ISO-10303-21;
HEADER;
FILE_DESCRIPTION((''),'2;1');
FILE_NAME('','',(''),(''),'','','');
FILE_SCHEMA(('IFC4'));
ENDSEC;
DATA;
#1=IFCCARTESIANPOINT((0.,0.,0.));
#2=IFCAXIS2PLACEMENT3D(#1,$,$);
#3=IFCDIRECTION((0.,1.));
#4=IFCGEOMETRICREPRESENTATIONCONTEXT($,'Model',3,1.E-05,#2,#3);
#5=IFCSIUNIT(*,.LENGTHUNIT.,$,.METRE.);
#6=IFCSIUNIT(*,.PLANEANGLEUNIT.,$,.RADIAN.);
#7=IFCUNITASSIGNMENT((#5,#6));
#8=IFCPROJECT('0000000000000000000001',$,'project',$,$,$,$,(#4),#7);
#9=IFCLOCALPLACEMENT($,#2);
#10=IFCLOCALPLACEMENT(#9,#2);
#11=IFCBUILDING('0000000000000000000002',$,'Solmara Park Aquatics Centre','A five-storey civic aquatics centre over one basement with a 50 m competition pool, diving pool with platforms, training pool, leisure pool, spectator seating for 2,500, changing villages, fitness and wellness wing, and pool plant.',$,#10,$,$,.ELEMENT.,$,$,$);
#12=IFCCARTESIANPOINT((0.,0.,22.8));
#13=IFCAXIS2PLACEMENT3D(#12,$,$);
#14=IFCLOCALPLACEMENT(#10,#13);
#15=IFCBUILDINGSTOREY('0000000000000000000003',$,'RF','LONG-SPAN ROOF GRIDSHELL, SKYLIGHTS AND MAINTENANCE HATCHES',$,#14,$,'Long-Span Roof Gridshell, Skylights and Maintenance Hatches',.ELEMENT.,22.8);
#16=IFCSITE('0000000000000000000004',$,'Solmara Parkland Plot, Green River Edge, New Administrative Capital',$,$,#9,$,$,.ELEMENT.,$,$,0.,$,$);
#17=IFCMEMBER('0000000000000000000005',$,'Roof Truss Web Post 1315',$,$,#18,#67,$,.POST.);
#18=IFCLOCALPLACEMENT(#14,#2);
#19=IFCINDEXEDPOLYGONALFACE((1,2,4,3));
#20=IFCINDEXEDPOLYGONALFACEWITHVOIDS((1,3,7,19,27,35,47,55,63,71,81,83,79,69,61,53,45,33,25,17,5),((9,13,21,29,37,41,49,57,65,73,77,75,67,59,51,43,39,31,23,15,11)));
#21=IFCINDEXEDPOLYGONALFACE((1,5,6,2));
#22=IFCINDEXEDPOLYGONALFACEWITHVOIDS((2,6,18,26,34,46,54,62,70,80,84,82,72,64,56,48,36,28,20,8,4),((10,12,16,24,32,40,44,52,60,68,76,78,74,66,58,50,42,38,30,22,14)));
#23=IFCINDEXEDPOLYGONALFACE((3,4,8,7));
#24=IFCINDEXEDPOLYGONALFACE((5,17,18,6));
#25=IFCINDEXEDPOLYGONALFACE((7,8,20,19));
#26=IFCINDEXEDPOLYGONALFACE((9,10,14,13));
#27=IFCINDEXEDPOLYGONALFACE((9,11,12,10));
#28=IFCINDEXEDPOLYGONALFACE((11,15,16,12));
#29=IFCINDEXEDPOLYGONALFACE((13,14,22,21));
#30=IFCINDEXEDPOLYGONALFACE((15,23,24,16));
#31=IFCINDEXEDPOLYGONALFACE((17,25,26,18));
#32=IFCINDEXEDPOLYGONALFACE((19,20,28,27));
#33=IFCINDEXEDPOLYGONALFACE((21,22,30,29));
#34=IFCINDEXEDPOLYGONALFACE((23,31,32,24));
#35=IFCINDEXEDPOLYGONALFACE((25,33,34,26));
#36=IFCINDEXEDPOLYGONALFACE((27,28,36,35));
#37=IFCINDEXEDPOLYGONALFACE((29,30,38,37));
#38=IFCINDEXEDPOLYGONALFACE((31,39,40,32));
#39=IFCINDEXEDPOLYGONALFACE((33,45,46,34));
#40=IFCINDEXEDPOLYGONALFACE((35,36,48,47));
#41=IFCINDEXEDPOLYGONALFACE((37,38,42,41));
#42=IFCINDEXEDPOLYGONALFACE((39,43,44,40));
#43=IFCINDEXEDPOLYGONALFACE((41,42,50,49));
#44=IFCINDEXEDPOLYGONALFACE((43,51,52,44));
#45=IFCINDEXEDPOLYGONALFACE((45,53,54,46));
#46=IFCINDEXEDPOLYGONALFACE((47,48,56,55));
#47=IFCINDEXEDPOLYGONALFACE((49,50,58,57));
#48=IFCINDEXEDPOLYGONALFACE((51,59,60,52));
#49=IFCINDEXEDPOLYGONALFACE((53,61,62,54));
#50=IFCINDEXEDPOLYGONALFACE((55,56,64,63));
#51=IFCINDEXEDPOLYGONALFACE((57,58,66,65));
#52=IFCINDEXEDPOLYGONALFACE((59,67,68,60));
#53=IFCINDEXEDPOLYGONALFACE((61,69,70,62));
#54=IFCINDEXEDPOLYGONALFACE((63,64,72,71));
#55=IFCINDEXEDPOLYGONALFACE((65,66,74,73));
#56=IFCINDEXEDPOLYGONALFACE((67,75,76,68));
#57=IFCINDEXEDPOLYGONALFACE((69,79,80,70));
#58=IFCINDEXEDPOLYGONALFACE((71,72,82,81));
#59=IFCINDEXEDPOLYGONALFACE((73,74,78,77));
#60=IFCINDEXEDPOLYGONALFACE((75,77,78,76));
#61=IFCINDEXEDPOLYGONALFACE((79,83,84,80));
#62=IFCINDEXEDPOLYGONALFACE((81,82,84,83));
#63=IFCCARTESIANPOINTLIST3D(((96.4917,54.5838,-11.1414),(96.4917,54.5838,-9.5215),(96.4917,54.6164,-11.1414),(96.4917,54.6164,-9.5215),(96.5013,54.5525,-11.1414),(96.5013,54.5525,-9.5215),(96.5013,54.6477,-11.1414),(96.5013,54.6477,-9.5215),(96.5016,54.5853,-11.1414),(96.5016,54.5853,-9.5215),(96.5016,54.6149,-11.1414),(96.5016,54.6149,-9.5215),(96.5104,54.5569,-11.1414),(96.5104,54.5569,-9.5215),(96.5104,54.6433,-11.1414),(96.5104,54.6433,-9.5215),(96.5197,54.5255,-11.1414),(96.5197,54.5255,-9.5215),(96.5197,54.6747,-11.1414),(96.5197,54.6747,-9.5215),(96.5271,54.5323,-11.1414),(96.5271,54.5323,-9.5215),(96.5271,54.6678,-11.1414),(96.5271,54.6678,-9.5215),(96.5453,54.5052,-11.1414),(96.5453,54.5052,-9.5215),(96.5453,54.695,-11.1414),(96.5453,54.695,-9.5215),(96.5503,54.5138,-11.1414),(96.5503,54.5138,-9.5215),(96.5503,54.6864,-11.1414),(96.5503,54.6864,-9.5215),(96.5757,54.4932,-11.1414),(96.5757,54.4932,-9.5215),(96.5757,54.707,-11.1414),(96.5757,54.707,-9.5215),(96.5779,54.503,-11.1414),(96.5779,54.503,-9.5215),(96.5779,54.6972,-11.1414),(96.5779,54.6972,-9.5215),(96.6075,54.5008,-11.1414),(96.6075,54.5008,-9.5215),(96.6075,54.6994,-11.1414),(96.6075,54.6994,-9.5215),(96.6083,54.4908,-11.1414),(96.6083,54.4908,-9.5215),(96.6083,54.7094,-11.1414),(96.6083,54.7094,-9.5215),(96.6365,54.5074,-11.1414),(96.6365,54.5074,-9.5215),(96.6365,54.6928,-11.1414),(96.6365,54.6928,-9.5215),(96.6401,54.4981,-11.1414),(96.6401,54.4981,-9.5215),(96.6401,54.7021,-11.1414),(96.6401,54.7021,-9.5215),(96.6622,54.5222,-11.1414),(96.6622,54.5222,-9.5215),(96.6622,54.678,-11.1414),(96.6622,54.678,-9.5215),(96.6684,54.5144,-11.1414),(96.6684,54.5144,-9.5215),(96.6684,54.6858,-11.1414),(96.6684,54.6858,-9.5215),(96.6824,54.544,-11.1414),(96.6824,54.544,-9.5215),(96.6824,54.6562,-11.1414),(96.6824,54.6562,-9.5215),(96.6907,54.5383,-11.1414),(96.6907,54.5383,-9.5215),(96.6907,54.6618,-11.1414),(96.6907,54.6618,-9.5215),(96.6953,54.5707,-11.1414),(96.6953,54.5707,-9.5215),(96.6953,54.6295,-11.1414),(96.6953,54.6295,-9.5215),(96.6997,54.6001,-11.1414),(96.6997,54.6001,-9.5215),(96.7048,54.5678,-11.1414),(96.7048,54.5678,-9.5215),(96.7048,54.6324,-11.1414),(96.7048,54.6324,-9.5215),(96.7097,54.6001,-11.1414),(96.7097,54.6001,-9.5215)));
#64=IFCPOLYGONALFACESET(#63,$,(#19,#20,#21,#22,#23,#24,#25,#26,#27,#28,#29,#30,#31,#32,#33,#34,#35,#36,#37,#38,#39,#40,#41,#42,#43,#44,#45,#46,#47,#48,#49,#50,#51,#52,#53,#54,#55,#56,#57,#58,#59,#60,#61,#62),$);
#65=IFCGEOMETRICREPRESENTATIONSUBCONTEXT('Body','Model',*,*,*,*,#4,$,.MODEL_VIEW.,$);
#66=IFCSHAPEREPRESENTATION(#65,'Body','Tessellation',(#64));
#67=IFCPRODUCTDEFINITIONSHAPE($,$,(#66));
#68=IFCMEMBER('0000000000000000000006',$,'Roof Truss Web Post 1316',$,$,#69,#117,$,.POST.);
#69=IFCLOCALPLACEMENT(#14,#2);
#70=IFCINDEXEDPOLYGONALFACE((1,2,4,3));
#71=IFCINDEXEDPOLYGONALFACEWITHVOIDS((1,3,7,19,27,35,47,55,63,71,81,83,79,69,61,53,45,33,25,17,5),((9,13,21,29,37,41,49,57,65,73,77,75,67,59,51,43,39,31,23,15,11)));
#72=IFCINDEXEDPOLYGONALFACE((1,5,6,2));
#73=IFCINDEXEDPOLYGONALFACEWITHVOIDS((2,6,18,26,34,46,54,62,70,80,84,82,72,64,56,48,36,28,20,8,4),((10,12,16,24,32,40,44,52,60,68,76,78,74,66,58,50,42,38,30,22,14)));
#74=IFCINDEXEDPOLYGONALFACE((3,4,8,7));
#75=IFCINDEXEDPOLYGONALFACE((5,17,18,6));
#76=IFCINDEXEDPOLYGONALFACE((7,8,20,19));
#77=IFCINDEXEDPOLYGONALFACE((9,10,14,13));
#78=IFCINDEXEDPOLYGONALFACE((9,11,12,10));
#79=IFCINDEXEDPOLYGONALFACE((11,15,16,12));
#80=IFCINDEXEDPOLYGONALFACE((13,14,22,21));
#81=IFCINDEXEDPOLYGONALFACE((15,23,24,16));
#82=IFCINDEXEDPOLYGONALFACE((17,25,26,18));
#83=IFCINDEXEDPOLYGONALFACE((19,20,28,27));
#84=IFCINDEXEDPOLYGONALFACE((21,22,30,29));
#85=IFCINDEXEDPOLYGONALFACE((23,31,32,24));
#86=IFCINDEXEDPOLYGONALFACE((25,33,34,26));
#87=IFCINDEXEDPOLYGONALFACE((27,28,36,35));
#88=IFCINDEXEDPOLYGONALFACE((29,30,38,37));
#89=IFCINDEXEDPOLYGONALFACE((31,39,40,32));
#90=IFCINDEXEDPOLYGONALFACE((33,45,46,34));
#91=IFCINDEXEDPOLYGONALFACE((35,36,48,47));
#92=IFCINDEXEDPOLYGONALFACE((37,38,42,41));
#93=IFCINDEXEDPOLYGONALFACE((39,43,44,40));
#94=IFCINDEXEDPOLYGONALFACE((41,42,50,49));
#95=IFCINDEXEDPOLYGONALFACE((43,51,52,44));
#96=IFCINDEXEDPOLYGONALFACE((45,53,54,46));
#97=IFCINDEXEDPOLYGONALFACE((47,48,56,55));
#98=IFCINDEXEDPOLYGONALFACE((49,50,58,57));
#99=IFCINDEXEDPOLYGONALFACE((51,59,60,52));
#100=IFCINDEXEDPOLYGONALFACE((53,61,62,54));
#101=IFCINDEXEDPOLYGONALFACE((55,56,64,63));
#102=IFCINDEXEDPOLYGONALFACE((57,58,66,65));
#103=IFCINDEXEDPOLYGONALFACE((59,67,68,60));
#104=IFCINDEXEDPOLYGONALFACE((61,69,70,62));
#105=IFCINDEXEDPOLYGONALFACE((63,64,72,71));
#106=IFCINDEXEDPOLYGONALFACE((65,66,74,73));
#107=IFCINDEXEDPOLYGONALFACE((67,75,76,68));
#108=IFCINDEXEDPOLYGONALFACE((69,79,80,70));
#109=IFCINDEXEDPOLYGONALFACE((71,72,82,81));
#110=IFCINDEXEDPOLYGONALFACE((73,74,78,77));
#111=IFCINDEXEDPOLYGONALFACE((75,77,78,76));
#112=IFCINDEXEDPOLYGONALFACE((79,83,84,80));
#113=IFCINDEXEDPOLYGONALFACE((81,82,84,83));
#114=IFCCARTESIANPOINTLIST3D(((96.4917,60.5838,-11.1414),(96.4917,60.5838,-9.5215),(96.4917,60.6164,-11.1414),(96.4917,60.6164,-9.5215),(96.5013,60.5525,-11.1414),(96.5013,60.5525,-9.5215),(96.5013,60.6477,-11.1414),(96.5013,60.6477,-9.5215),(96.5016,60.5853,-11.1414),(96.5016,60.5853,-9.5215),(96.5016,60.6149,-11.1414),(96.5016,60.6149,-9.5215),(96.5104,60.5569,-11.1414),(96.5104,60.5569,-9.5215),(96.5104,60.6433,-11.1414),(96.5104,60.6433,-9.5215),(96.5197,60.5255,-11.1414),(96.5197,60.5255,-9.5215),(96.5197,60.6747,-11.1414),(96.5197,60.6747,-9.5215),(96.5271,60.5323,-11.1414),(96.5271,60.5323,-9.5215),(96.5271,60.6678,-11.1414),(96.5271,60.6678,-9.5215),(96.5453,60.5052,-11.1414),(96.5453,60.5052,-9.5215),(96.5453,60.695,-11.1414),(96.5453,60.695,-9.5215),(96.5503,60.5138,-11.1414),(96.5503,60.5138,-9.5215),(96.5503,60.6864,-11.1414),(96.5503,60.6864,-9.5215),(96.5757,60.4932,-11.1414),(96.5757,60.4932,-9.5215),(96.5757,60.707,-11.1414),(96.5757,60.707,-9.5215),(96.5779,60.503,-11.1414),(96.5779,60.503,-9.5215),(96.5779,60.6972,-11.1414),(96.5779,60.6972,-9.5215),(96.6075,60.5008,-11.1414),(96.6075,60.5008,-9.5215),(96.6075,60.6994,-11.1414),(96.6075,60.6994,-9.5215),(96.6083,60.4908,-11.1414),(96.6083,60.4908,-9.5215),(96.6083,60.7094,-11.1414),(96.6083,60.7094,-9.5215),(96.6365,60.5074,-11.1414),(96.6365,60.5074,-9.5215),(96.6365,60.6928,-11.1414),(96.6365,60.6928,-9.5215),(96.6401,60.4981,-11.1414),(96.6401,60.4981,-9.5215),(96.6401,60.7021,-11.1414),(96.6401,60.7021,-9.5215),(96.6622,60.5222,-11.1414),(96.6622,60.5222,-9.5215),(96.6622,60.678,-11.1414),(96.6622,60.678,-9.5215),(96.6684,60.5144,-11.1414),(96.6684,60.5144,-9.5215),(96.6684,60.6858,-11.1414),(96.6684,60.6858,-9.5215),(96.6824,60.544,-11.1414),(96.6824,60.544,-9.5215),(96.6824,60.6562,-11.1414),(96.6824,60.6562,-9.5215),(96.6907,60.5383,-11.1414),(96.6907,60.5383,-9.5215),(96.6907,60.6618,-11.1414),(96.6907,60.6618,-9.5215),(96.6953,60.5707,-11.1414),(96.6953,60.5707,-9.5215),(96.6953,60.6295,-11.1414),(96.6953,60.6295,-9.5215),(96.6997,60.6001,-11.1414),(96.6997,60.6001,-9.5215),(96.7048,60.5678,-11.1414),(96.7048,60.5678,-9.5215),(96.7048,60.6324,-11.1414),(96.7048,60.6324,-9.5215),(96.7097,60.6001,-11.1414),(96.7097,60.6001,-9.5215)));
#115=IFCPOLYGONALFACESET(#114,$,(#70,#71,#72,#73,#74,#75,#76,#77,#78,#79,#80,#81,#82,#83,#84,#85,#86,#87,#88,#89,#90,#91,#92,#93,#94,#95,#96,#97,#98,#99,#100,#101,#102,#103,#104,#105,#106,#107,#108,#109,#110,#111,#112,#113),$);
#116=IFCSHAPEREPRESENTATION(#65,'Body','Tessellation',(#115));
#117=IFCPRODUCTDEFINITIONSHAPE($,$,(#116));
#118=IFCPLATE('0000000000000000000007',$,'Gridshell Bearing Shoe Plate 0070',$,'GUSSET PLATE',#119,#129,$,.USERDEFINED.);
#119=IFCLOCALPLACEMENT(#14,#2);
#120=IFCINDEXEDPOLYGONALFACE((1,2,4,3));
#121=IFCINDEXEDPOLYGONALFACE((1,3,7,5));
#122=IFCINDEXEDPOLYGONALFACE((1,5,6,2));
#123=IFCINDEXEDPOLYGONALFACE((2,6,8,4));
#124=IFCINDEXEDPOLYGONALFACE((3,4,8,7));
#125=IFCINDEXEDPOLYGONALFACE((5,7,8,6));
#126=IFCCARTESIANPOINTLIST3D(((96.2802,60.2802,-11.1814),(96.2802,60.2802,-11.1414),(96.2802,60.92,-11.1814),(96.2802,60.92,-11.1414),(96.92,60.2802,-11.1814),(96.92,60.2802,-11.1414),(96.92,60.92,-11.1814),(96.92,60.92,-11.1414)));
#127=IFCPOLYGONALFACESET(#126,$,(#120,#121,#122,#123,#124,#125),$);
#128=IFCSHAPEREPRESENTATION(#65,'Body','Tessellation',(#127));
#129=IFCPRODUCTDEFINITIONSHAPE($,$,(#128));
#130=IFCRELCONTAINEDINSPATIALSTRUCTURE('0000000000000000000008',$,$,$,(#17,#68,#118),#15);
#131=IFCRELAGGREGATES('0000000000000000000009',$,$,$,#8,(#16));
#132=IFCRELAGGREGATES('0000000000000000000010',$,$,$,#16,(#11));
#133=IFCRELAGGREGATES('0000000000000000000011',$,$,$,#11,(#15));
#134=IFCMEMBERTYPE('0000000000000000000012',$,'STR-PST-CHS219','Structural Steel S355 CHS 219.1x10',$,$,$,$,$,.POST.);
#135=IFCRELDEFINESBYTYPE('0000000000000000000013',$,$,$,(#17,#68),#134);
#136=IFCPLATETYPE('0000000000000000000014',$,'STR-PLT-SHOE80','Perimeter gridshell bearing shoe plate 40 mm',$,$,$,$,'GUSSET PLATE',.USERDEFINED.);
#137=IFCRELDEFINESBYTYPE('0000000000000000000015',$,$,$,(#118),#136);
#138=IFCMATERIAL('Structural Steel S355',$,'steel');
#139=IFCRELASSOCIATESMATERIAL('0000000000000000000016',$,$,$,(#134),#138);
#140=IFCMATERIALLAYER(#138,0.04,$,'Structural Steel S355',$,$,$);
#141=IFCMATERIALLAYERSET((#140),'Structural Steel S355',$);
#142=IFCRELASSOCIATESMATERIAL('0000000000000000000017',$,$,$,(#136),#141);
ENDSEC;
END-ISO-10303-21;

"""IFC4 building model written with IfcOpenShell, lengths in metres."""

from ifc_helpers import new_model, si_unit, direction, frame, origin, origin_2d, place, context, subcontext, project, spatial, rectangle, hollow_circle, extrude, material, layer, layer_set, material_profile, profile_set, type_object, element, save


model = new_model("IFC4")

# Units and contexts
model_context = context("Model", 3, precision=1e-05, world=origin(), true_north=direction((0.0, 1.0)))
body_context = subcontext(model_context, "Body", "Model", "MODEL_VIEW")
ifc_project = project(units=[si_unit("LENGTHUNIT", "METRE"), si_unit("PLANEANGLEUNIT", "RADIAN")], contexts=[model_context])

# Site, building, storey
site_placement = place(None, origin())
site = spatial("IfcSite", under=ifc_project, at=site_placement, Name="Solmara Parkland Plot, Green River Edge, New Administrative Capital", CompositionType="ELEMENT", RefElevation=0.0)
building_placement = place(site_placement, origin())
building = spatial("IfcBuilding", under=site, at=building_placement, Name="Solmara Park Aquatics Centre", Description="A five-storey civic aquatics centre over one basement with a 50 m competition pool, diving pool with platforms, training pool, leisure pool, spectator seating for 2,500, changing villages, fitness and wellness wing, and pool plant.", CompositionType="ELEMENT")
storey_placement = place(building_placement, frame((0.0, 0.0, 22.8)))
storey = spatial("IfcBuildingStorey", under=building, at=storey_placement, Name="RF", Description="LONG-SPAN ROOF GRIDSHELL, SKYLIGHTS AND MAINTENANCE HATCHES", LongName="Long-Span Roof Gridshell, Skylights and Maintenance Hatches", CompositionType="ELEMENT", Elevation=22.8)

# Members
ifc_material_1 = material(Name="Structural Steel S355", Category="steel")
ifc_material_profile_1 = material_profile(ifc_material_1, hollow_circle(Radius=0.1096, WallThickness=0.01, at=origin_2d()), Name="CHS 219.1x10")
ifc_profile_set_1 = profile_set([ifc_material_profile_1], Name="Structural Steel S355")
member_type_1 = type_object("IfcMemberType", Name="STR-PST-CHS219", Description="Structural Steel S355 CHS 219.1x10", PredefinedType="POST", material=ifc_profile_set_1)
for number, where, z_axis, x_axis, name in (
    (1, (96.6001, 54.6001, -11.1414), (0.0, 0.0, 1.0), (1.0, 0.0, 0.0), "Roof Truss Web Post 1315"),
    (2, (96.6001, 60.6001, -11.1414), (0.0, 0.0, 1.0), (1.0, 0.0, 0.0), "Roof Truss Web Post 1316"),
):
    element("IfcMember", number, at=place(storey_placement, frame(where, z_axis=z_axis, x_axis=x_axis)), inside=storey, type_object=member_type_1, Name=name, PredefinedType="POST", context=body_context, shape_type="SweptSolid", body=[
        extrude(hollow_circle(Radius=0.1096, WallThickness=0.01, at=origin_2d()), origin(), (0.0, 0.0, 1.0), 1.6199),
    ])

# Plate
ifc_layer = layer(ifc_material_1, 0.04, Name="Structural Steel S355")
ifc_layer_set = layer_set([ifc_layer], Name="Structural Steel S355")
plate_type = type_object("IfcPlateType", Name="STR-PLT-SHOE80", Description="Perimeter gridshell bearing shoe plate 40 mm", ElementType="GUSSET PLATE", PredefinedType="USERDEFINED", material=ifc_layer_set)
plate_placement = place(storey_placement, frame((96.6001, 60.6001, -11.1814), z_axis=(0.0, 0.0, 1.0), x_axis=(1.0, 0.0, 0.0)))
element("IfcPlate", 3, at=plate_placement, inside=storey, type_object=plate_type, Name="Gridshell Bearing Shoe Plate 0070", ObjectType="GUSSET PLATE", PredefinedType="USERDEFINED", context=body_context, shape_type="SweptSolid", body=[
    extrude(rectangle(XDim=0.6399, YDim=0.6399, at=origin_2d()), origin(), (0.0, 0.0, 1.0), 0.04),
])

save(model, "model.ifc")
